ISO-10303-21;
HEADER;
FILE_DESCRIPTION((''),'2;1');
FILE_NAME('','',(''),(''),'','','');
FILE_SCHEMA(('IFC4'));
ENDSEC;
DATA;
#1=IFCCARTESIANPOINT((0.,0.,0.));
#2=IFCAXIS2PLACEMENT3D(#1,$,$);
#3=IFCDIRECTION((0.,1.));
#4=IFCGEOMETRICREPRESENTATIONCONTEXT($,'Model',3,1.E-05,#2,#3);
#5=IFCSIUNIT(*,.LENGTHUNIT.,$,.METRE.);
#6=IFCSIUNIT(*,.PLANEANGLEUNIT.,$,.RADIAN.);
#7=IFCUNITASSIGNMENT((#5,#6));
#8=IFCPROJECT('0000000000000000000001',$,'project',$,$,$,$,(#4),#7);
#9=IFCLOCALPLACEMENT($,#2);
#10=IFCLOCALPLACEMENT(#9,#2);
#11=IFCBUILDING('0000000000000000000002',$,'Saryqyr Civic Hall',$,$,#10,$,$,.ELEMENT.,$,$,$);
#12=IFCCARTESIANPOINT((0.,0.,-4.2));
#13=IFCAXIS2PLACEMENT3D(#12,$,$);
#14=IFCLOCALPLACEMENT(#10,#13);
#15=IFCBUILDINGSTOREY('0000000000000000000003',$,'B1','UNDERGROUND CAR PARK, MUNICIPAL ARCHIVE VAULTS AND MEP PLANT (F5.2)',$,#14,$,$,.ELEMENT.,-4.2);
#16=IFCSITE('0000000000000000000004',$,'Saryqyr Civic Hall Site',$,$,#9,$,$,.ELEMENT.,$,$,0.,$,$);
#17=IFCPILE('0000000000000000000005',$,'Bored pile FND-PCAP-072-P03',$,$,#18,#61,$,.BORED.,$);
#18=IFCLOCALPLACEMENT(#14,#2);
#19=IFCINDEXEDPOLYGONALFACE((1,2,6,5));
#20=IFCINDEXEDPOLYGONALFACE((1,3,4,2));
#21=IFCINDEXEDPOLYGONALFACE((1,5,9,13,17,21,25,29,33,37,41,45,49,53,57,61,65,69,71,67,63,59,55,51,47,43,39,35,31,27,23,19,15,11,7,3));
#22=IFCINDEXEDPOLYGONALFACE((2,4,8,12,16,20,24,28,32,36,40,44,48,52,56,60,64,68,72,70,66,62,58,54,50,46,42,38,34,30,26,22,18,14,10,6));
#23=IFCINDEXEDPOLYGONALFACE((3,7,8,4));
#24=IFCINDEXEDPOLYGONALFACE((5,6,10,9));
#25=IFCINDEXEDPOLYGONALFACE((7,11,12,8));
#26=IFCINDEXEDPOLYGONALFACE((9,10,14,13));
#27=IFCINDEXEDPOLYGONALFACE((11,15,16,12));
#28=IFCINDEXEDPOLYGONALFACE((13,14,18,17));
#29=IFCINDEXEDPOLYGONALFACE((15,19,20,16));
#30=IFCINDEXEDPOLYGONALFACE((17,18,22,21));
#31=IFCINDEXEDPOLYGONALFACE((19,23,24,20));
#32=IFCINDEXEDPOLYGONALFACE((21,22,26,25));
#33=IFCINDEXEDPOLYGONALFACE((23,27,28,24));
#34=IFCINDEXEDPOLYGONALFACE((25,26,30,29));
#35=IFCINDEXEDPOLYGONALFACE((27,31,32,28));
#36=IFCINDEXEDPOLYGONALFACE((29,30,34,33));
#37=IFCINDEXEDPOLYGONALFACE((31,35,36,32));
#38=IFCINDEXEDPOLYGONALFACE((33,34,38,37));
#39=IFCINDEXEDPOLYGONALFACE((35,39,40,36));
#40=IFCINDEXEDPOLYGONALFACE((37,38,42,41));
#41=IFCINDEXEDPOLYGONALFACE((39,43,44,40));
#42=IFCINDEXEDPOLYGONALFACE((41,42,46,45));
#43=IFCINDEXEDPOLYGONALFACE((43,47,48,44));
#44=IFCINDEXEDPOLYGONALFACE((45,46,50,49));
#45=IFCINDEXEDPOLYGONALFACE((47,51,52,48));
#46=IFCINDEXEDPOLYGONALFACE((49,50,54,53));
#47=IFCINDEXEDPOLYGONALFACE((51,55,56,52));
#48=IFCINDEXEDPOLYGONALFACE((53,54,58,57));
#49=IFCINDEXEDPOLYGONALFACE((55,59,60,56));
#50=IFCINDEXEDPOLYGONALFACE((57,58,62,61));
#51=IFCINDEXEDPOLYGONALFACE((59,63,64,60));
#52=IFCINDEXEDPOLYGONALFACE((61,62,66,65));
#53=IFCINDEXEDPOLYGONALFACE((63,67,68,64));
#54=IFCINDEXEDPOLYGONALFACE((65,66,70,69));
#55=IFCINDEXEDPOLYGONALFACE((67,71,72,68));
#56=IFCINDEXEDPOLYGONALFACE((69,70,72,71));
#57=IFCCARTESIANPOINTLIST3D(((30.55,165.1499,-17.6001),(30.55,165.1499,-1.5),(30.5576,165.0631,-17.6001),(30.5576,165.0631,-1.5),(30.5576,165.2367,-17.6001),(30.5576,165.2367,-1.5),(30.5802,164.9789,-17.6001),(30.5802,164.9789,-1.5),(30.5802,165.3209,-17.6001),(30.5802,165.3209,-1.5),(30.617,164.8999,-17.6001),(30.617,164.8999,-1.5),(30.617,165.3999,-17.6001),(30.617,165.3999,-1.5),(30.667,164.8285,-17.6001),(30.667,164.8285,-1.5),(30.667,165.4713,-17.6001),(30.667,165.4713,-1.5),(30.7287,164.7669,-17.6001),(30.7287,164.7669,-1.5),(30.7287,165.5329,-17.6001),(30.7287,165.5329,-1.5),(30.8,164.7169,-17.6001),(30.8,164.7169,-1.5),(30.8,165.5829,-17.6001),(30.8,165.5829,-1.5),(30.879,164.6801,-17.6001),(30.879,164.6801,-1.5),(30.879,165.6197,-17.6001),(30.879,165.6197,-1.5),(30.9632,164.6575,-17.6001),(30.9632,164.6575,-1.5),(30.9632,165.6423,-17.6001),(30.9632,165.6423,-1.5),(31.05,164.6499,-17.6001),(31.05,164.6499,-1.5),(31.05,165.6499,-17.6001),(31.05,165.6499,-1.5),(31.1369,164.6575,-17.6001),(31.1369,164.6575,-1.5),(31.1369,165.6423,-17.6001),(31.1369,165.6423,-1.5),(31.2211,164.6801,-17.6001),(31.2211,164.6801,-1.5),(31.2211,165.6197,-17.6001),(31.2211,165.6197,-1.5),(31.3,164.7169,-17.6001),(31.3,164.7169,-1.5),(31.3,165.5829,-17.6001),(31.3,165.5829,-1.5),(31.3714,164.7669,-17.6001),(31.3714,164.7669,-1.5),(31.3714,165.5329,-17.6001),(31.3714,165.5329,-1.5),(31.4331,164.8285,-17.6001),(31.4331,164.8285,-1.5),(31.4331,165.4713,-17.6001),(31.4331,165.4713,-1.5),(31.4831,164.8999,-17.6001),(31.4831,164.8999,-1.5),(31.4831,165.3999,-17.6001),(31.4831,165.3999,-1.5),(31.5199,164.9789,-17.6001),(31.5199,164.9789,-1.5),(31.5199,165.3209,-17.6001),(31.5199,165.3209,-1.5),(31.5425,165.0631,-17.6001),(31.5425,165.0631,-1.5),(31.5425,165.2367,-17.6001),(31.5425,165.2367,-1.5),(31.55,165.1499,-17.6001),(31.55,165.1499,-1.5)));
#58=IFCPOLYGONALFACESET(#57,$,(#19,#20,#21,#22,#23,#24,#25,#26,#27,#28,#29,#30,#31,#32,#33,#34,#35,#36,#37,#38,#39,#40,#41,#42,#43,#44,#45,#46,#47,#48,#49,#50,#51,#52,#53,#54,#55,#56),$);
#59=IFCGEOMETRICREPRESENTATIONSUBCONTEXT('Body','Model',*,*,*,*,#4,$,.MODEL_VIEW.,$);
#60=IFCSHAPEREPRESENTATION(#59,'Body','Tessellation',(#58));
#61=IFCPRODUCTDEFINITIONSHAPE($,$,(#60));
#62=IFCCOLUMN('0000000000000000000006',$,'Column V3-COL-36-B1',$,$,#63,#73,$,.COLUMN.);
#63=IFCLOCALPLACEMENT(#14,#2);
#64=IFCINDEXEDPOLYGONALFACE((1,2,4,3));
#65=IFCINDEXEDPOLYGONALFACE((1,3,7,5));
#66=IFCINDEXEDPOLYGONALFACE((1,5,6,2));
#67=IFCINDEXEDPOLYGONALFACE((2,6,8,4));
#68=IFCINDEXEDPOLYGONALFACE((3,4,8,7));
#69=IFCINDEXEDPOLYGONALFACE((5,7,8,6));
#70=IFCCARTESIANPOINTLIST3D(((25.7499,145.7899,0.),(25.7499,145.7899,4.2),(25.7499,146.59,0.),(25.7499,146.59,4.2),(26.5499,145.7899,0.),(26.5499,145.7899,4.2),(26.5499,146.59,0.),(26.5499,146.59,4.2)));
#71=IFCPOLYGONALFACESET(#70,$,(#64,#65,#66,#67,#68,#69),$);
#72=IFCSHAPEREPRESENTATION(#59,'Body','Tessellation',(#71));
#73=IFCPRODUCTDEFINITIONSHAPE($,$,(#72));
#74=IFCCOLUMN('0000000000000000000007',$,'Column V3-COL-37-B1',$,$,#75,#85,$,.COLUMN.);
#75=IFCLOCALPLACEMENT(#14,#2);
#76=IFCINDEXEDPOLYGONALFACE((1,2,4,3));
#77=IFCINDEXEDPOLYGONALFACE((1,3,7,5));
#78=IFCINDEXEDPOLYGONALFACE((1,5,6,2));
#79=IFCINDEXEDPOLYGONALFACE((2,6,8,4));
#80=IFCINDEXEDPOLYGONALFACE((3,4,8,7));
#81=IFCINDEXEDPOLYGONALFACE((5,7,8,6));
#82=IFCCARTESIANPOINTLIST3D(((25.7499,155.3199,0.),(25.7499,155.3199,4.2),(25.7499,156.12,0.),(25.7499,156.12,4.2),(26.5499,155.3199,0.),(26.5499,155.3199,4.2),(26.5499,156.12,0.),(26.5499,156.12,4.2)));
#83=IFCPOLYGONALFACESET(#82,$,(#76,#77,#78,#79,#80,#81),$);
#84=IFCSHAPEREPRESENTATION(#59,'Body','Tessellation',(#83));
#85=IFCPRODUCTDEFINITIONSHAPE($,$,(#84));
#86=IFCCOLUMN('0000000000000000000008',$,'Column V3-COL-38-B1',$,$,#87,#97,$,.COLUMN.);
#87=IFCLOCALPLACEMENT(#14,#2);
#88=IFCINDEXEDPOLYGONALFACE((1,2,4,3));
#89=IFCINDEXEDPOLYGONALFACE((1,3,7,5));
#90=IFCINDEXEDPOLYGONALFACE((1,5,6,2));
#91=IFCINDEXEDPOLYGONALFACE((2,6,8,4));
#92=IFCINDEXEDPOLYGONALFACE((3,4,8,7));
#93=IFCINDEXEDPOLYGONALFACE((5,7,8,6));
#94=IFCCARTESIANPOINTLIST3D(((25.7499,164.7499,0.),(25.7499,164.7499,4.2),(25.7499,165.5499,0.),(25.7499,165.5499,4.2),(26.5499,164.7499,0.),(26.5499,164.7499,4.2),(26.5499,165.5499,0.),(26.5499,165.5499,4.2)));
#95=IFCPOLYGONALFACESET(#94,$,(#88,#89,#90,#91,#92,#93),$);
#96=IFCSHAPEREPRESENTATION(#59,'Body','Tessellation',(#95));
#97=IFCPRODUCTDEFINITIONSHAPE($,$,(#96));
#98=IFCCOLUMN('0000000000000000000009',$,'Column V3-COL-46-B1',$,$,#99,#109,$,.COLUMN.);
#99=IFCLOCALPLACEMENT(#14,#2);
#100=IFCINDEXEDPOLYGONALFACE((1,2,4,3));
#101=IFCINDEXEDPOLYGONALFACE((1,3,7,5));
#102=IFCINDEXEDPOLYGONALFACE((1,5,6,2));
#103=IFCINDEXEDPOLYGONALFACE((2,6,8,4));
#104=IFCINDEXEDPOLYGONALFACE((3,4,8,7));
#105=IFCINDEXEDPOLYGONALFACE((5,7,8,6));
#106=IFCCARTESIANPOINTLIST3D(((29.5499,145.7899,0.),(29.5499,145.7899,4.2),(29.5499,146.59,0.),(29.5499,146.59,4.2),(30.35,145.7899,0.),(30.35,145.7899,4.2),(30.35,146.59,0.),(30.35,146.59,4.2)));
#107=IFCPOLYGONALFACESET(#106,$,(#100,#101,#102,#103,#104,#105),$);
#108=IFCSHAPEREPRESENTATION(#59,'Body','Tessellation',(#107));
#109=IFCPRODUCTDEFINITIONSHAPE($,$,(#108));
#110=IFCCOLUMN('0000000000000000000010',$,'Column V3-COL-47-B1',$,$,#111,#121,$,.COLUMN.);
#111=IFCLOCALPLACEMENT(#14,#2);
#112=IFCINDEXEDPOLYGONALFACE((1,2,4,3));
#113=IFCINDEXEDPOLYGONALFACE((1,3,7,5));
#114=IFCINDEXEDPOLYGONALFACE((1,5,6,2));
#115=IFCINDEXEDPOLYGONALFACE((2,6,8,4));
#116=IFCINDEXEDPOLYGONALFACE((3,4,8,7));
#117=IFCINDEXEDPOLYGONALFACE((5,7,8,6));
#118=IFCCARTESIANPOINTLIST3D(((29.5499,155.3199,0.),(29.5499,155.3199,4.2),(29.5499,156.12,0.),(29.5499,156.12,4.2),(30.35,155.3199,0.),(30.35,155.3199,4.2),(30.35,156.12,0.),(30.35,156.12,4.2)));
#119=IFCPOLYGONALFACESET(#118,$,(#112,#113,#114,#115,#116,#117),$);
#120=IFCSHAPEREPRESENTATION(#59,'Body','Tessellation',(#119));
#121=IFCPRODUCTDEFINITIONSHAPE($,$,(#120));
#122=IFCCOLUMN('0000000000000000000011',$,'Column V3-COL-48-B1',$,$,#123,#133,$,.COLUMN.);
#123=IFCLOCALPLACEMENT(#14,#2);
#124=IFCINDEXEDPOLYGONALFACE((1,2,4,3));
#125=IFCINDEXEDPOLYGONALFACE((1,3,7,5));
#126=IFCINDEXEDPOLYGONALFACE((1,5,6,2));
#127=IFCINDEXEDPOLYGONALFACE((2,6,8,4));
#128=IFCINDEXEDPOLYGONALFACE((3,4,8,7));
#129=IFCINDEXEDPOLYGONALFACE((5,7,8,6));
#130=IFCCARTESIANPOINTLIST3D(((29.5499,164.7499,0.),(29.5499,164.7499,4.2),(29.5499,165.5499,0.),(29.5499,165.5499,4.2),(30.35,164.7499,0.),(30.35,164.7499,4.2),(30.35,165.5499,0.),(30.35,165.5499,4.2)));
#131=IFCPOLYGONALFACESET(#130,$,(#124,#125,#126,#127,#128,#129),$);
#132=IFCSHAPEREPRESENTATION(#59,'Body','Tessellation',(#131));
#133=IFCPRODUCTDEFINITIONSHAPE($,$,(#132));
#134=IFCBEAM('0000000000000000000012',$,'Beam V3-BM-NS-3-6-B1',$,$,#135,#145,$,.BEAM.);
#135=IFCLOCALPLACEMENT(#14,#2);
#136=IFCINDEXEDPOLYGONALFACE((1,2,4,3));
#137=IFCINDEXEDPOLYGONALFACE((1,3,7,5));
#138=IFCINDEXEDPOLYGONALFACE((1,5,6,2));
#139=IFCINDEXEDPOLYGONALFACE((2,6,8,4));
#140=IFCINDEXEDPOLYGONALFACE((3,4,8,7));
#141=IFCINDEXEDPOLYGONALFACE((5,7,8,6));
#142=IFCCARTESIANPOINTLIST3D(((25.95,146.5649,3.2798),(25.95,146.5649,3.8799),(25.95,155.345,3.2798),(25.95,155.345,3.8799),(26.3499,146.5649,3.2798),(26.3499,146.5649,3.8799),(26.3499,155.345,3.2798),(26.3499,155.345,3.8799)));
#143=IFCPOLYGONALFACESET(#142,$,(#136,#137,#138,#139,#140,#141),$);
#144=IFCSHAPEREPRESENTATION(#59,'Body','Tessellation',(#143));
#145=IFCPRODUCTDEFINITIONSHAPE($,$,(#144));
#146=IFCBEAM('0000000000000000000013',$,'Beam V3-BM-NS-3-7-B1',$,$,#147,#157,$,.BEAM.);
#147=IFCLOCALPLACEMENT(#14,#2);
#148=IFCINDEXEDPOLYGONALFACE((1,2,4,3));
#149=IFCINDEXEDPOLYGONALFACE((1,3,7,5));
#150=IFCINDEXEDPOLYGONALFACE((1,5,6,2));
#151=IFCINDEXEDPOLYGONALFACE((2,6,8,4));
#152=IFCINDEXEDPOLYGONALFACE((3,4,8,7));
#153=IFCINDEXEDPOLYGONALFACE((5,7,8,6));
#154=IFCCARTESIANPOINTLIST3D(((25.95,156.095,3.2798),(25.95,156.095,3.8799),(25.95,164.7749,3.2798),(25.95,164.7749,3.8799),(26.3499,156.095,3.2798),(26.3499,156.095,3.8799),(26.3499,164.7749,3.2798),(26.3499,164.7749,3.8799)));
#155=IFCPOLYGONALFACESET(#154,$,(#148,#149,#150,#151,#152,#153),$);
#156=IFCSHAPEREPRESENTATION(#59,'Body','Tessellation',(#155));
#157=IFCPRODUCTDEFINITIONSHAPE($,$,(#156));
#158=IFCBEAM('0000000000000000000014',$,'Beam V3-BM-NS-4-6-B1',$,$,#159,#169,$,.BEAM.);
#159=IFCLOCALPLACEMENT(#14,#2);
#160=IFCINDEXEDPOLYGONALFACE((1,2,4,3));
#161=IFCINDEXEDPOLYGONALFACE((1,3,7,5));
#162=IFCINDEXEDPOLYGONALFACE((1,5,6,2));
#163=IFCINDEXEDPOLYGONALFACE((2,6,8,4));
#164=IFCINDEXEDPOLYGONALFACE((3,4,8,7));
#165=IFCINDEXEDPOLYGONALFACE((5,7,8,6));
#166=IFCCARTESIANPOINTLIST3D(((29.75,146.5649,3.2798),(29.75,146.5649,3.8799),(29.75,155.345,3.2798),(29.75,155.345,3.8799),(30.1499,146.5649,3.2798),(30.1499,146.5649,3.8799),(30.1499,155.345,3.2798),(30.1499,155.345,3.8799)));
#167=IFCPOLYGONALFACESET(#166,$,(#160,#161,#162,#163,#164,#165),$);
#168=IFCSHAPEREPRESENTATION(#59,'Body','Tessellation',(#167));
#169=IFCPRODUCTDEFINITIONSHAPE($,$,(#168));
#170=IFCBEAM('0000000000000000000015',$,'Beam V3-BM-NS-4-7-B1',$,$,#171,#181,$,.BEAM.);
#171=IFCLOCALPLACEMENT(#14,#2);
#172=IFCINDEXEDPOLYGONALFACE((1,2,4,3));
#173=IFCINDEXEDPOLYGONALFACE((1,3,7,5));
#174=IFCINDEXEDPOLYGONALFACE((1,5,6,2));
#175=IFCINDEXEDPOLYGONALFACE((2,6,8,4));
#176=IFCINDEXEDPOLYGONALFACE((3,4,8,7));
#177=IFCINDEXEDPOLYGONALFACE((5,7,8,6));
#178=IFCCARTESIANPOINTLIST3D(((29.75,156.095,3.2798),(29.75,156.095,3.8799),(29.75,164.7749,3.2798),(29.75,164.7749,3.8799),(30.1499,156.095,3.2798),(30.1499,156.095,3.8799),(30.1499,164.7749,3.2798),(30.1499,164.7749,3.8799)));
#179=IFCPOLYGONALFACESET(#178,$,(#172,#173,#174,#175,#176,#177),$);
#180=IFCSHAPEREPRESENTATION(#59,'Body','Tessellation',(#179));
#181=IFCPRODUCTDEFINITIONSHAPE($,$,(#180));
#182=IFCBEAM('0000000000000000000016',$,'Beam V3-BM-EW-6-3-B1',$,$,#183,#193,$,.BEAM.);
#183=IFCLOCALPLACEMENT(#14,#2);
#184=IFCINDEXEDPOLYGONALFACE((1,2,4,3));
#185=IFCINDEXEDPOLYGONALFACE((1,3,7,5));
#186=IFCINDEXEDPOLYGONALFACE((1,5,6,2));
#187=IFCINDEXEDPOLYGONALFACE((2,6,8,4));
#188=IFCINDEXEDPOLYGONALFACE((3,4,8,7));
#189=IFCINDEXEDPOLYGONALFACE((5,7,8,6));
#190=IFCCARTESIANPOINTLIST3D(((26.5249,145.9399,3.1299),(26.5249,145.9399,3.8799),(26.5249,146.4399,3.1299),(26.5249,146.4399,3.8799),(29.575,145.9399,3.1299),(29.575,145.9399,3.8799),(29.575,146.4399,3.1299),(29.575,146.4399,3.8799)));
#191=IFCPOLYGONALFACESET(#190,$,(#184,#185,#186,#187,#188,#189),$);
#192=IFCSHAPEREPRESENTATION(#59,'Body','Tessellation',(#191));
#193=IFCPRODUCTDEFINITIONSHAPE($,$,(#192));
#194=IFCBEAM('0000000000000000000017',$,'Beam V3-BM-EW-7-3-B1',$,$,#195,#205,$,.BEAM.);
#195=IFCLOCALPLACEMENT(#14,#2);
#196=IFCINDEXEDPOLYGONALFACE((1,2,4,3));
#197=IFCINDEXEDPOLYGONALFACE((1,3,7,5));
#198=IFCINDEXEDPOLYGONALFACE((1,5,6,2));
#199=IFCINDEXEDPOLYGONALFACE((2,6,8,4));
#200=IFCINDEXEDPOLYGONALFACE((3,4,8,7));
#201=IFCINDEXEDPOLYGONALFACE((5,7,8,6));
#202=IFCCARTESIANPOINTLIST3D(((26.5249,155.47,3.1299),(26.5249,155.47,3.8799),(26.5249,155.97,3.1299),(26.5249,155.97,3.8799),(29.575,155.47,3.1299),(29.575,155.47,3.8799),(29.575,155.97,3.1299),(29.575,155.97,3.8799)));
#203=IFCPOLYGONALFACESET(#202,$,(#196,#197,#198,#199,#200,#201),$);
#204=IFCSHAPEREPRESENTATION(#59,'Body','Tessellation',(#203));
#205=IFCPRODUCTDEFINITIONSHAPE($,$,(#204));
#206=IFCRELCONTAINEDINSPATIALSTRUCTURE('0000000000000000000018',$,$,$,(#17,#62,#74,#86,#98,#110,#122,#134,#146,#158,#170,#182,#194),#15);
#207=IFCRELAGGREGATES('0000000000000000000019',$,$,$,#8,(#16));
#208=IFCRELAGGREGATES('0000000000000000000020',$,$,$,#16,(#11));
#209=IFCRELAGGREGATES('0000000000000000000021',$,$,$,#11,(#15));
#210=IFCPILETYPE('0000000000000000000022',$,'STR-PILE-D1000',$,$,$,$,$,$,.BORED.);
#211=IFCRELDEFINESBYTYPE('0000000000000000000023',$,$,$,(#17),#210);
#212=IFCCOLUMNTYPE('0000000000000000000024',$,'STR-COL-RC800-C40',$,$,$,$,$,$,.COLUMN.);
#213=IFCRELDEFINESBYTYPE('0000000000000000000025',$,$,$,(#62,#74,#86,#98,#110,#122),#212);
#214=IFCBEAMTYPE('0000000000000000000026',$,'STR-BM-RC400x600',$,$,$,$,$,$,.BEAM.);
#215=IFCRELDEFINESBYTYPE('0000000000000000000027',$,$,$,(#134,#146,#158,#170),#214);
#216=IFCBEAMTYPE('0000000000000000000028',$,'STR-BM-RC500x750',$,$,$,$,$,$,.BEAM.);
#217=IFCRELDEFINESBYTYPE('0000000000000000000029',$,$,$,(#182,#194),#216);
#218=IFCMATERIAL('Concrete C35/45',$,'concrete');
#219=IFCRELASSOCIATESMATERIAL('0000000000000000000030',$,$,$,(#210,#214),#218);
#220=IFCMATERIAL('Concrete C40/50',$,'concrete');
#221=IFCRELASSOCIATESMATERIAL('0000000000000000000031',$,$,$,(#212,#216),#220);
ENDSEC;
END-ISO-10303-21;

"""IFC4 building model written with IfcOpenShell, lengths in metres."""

from ifc_helpers import new_model, si_unit, direction, frame, origin, origin_2d, place, context, subcontext, project, spatial, rectangle, circle, extrude, material, material_profile, profile_set, type_object, element, save


model = new_model("IFC4")

# Units and contexts
model_context = context("Model", 3, precision=1e-05, world=origin(), true_north=direction((0.0, 1.0)))
body_context = subcontext(model_context, "Body", "Model", "MODEL_VIEW")
ifc_project = project(units=[si_unit("LENGTHUNIT", "METRE"), si_unit("PLANEANGLEUNIT", "RADIAN")], contexts=[model_context])

# Site, building, storey
site_placement = place(None, origin())
site = spatial("IfcSite", under=ifc_project, at=site_placement, Name="Saryqyr Civic Hall Site", CompositionType="ELEMENT", RefElevation=0.0)
building_placement = place(site_placement, origin())
building = spatial("IfcBuilding", under=site, at=building_placement, Name="Saryqyr Civic Hall", CompositionType="ELEMENT")
storey_placement = place(building_placement, frame((0.0, 0.0, -4.2)))
storey = spatial("IfcBuildingStorey", under=building, at=storey_placement, Name="B1", Description="UNDERGROUND CAR PARK, MUNICIPAL ARCHIVE VAULTS AND MEP PLANT (F5.2)", CompositionType="ELEMENT", Elevation=-4.2)

# Shared definitions
ifc_material_1 = material(Name="Concrete C35/45", Category="concrete")

# Pile
ifc_material_profile_1 = material_profile(ifc_material_1, circle(Radius=0.5, at=origin_2d()), Name="BORED PILE D1000")
ifc_profile_set_1 = profile_set([ifc_material_profile_1], Name="Concrete C35/45")
pile_type = type_object("IfcPileType", Name="STR-PILE-D1000", PredefinedType="BORED", material=ifc_profile_set_1)
for number, where, z_axis, x_axis, name in (
    (1, (31.05, 165.1499, -1.5), (0.0, 0.0, -1.0), (1.0, 0.0, 0.0), "Bored pile FND-PCAP-072-P03"),
):
    element("IfcPile", number, at=place(storey_placement, frame(where, z_axis=z_axis, x_axis=x_axis)), inside=storey, type_object=pile_type, Name=name, PredefinedType="BORED", context=body_context, shape_type="SweptSolid", body=[
        extrude(circle(Radius=0.5, at=origin_2d()), origin(), (0.0, 0.0, 1.0), 16.1001),
    ])

# Columns
ifc_material_2 = material(Name="Concrete C40/50", Category="concrete")
ifc_material_profile_2 = material_profile(ifc_material_2, rectangle(XDim=0.8, YDim=0.8, at=origin_2d()), Name="RC 800x800")
ifc_profile_set_2 = profile_set([ifc_material_profile_2], Name="Concrete C40/50")
column_type = type_object("IfcColumnType", Name="STR-COL-RC800-C40", PredefinedType="COLUMN", material=ifc_profile_set_2)
for number, where, z_axis, x_axis, name in (
    (2, (26.1499, 146.1899, 0.0), (0.0, 0.0, 1.0), (1.0, 0.0, 0.0), "Column V3-COL-36-B1"),
    (3, (26.1499, 155.72, 0.0), (0.0, 0.0, 1.0), (1.0, 0.0, 0.0), "Column V3-COL-37-B1"),
    (4, (26.1499, 165.1499, 0.0), (0.0, 0.0, 1.0), (1.0, 0.0, 0.0), "Column V3-COL-38-B1"),
    (5, (29.95, 146.1899, 0.0), (0.0, 0.0, 1.0), (1.0, 0.0, 0.0), "Column V3-COL-46-B1"),
    (6, (29.95, 155.72, 0.0), (0.0, 0.0, 1.0), (1.0, 0.0, 0.0), "Column V3-COL-47-B1"),
    (7, (29.95, 165.1499, 0.0), (0.0, 0.0, 1.0), (1.0, 0.0, 0.0), "Column V3-COL-48-B1"),
):
    element("IfcColumn", number, at=place(storey_placement, frame(where, z_axis=z_axis, x_axis=x_axis)), inside=storey, type_object=column_type, Name=name, PredefinedType="COLUMN", context=body_context, shape_type="SweptSolid", body=[
        extrude(rectangle(XDim=0.8, YDim=0.8, at=origin_2d()), origin(), (0.0, 0.0, 1.0), 4.2),
    ])

# Beams
ifc_material_profile_3 = material_profile(ifc_material_1, rectangle(XDim=0.3999, YDim=0.6001, at=origin_2d()), Name="RC 400x600")
ifc_profile_set_3 = profile_set([ifc_material_profile_3], Name="Concrete C35/45")
beam_type_1 = type_object("IfcBeamType", Name="STR-BM-RC400x600", PredefinedType="BEAM", material=ifc_profile_set_3)
beam_1_placement = place(storey_placement, frame((26.1499, 146.5649, 3.5798), z_axis=(0.0, 1.0, 0.0), x_axis=(-1.0, 0.0, 0.0)))
element("IfcBeam", 8, at=beam_1_placement, inside=storey, type_object=beam_type_1, Name="Beam V3-BM-NS-3-6-B1", PredefinedType="BEAM", context=body_context, shape_type="SweptSolid", body=[
    extrude(rectangle(XDim=0.3999, YDim=0.6001, at=origin_2d()), origin(), (0.0, 0.0, 1.0), 8.78),
])
beam_2_placement = place(storey_placement, frame((26.1499, 156.095, 3.5798), z_axis=(0.0, 1.0, 0.0), x_axis=(-1.0, 0.0, 0.0)))
element("IfcBeam", 9, at=beam_2_placement, inside=storey, type_object=beam_type_1, Name="Beam V3-BM-NS-3-7-B1", PredefinedType="BEAM", context=body_context, shape_type="SweptSolid", body=[
    extrude(rectangle(XDim=0.3999, YDim=0.6001, at=origin_2d()), origin(), (0.0, 0.0, 1.0), 8.6799),
])
beam_3_placement = place(storey_placement, frame((29.95, 146.5649, 3.5798), z_axis=(0.0, 1.0, 0.0), x_axis=(-1.0, 0.0, 0.0)))
element("IfcBeam", 10, at=beam_3_placement, inside=storey, type_object=beam_type_1, Name="Beam V3-BM-NS-4-6-B1", PredefinedType="BEAM", context=body_context, shape_type="SweptSolid", body=[
    extrude(rectangle(XDim=0.3999, YDim=0.6001, at=origin_2d()), origin(), (0.0, 0.0, 1.0), 8.78),
])
beam_4_placement = place(storey_placement, frame((29.95, 156.095, 3.5798), z_axis=(0.0, 1.0, 0.0), x_axis=(-1.0, 0.0, 0.0)))
element("IfcBeam", 11, at=beam_4_placement, inside=storey, type_object=beam_type_1, Name="Beam V3-BM-NS-4-7-B1", PredefinedType="BEAM", context=body_context, shape_type="SweptSolid", body=[
    extrude(rectangle(XDim=0.3999, YDim=0.6001, at=origin_2d()), origin(), (0.0, 0.0, 1.0), 8.6799),
])
ifc_material_profile_4 = material_profile(ifc_material_2, rectangle(XDim=0.5, YDim=0.75, at=origin_2d()), Name="RC 500x750")
ifc_profile_set_4 = profile_set([ifc_material_profile_4], Name="Concrete C40/50")
beam_type_2 = type_object("IfcBeamType", Name="STR-BM-RC500x750", PredefinedType="BEAM", material=ifc_profile_set_4)
for number, where, z_axis, x_axis, name in (
    (12, (26.5249, 146.1899, 3.5049), (1.0, 0.0, 0.0), (0.0, 1.0, 0.0), "Beam V3-BM-EW-6-3-B1"),
    (13, (26.5249, 155.72, 3.5049), (1.0, 0.0, 0.0), (0.0, 1.0, 0.0), "Beam V3-BM-EW-7-3-B1"),
):
    element("IfcBeam", number, at=place(storey_placement, frame(where, z_axis=z_axis, x_axis=x_axis)), inside=storey, type_object=beam_type_2, Name=name, PredefinedType="BEAM", context=body_context, shape_type="SweptSolid", body=[
        extrude(rectangle(XDim=0.5, YDim=0.75, at=origin_2d()), origin(), (0.0, 0.0, 1.0), 3.05),
    ])

save(model, "model.ifc")
